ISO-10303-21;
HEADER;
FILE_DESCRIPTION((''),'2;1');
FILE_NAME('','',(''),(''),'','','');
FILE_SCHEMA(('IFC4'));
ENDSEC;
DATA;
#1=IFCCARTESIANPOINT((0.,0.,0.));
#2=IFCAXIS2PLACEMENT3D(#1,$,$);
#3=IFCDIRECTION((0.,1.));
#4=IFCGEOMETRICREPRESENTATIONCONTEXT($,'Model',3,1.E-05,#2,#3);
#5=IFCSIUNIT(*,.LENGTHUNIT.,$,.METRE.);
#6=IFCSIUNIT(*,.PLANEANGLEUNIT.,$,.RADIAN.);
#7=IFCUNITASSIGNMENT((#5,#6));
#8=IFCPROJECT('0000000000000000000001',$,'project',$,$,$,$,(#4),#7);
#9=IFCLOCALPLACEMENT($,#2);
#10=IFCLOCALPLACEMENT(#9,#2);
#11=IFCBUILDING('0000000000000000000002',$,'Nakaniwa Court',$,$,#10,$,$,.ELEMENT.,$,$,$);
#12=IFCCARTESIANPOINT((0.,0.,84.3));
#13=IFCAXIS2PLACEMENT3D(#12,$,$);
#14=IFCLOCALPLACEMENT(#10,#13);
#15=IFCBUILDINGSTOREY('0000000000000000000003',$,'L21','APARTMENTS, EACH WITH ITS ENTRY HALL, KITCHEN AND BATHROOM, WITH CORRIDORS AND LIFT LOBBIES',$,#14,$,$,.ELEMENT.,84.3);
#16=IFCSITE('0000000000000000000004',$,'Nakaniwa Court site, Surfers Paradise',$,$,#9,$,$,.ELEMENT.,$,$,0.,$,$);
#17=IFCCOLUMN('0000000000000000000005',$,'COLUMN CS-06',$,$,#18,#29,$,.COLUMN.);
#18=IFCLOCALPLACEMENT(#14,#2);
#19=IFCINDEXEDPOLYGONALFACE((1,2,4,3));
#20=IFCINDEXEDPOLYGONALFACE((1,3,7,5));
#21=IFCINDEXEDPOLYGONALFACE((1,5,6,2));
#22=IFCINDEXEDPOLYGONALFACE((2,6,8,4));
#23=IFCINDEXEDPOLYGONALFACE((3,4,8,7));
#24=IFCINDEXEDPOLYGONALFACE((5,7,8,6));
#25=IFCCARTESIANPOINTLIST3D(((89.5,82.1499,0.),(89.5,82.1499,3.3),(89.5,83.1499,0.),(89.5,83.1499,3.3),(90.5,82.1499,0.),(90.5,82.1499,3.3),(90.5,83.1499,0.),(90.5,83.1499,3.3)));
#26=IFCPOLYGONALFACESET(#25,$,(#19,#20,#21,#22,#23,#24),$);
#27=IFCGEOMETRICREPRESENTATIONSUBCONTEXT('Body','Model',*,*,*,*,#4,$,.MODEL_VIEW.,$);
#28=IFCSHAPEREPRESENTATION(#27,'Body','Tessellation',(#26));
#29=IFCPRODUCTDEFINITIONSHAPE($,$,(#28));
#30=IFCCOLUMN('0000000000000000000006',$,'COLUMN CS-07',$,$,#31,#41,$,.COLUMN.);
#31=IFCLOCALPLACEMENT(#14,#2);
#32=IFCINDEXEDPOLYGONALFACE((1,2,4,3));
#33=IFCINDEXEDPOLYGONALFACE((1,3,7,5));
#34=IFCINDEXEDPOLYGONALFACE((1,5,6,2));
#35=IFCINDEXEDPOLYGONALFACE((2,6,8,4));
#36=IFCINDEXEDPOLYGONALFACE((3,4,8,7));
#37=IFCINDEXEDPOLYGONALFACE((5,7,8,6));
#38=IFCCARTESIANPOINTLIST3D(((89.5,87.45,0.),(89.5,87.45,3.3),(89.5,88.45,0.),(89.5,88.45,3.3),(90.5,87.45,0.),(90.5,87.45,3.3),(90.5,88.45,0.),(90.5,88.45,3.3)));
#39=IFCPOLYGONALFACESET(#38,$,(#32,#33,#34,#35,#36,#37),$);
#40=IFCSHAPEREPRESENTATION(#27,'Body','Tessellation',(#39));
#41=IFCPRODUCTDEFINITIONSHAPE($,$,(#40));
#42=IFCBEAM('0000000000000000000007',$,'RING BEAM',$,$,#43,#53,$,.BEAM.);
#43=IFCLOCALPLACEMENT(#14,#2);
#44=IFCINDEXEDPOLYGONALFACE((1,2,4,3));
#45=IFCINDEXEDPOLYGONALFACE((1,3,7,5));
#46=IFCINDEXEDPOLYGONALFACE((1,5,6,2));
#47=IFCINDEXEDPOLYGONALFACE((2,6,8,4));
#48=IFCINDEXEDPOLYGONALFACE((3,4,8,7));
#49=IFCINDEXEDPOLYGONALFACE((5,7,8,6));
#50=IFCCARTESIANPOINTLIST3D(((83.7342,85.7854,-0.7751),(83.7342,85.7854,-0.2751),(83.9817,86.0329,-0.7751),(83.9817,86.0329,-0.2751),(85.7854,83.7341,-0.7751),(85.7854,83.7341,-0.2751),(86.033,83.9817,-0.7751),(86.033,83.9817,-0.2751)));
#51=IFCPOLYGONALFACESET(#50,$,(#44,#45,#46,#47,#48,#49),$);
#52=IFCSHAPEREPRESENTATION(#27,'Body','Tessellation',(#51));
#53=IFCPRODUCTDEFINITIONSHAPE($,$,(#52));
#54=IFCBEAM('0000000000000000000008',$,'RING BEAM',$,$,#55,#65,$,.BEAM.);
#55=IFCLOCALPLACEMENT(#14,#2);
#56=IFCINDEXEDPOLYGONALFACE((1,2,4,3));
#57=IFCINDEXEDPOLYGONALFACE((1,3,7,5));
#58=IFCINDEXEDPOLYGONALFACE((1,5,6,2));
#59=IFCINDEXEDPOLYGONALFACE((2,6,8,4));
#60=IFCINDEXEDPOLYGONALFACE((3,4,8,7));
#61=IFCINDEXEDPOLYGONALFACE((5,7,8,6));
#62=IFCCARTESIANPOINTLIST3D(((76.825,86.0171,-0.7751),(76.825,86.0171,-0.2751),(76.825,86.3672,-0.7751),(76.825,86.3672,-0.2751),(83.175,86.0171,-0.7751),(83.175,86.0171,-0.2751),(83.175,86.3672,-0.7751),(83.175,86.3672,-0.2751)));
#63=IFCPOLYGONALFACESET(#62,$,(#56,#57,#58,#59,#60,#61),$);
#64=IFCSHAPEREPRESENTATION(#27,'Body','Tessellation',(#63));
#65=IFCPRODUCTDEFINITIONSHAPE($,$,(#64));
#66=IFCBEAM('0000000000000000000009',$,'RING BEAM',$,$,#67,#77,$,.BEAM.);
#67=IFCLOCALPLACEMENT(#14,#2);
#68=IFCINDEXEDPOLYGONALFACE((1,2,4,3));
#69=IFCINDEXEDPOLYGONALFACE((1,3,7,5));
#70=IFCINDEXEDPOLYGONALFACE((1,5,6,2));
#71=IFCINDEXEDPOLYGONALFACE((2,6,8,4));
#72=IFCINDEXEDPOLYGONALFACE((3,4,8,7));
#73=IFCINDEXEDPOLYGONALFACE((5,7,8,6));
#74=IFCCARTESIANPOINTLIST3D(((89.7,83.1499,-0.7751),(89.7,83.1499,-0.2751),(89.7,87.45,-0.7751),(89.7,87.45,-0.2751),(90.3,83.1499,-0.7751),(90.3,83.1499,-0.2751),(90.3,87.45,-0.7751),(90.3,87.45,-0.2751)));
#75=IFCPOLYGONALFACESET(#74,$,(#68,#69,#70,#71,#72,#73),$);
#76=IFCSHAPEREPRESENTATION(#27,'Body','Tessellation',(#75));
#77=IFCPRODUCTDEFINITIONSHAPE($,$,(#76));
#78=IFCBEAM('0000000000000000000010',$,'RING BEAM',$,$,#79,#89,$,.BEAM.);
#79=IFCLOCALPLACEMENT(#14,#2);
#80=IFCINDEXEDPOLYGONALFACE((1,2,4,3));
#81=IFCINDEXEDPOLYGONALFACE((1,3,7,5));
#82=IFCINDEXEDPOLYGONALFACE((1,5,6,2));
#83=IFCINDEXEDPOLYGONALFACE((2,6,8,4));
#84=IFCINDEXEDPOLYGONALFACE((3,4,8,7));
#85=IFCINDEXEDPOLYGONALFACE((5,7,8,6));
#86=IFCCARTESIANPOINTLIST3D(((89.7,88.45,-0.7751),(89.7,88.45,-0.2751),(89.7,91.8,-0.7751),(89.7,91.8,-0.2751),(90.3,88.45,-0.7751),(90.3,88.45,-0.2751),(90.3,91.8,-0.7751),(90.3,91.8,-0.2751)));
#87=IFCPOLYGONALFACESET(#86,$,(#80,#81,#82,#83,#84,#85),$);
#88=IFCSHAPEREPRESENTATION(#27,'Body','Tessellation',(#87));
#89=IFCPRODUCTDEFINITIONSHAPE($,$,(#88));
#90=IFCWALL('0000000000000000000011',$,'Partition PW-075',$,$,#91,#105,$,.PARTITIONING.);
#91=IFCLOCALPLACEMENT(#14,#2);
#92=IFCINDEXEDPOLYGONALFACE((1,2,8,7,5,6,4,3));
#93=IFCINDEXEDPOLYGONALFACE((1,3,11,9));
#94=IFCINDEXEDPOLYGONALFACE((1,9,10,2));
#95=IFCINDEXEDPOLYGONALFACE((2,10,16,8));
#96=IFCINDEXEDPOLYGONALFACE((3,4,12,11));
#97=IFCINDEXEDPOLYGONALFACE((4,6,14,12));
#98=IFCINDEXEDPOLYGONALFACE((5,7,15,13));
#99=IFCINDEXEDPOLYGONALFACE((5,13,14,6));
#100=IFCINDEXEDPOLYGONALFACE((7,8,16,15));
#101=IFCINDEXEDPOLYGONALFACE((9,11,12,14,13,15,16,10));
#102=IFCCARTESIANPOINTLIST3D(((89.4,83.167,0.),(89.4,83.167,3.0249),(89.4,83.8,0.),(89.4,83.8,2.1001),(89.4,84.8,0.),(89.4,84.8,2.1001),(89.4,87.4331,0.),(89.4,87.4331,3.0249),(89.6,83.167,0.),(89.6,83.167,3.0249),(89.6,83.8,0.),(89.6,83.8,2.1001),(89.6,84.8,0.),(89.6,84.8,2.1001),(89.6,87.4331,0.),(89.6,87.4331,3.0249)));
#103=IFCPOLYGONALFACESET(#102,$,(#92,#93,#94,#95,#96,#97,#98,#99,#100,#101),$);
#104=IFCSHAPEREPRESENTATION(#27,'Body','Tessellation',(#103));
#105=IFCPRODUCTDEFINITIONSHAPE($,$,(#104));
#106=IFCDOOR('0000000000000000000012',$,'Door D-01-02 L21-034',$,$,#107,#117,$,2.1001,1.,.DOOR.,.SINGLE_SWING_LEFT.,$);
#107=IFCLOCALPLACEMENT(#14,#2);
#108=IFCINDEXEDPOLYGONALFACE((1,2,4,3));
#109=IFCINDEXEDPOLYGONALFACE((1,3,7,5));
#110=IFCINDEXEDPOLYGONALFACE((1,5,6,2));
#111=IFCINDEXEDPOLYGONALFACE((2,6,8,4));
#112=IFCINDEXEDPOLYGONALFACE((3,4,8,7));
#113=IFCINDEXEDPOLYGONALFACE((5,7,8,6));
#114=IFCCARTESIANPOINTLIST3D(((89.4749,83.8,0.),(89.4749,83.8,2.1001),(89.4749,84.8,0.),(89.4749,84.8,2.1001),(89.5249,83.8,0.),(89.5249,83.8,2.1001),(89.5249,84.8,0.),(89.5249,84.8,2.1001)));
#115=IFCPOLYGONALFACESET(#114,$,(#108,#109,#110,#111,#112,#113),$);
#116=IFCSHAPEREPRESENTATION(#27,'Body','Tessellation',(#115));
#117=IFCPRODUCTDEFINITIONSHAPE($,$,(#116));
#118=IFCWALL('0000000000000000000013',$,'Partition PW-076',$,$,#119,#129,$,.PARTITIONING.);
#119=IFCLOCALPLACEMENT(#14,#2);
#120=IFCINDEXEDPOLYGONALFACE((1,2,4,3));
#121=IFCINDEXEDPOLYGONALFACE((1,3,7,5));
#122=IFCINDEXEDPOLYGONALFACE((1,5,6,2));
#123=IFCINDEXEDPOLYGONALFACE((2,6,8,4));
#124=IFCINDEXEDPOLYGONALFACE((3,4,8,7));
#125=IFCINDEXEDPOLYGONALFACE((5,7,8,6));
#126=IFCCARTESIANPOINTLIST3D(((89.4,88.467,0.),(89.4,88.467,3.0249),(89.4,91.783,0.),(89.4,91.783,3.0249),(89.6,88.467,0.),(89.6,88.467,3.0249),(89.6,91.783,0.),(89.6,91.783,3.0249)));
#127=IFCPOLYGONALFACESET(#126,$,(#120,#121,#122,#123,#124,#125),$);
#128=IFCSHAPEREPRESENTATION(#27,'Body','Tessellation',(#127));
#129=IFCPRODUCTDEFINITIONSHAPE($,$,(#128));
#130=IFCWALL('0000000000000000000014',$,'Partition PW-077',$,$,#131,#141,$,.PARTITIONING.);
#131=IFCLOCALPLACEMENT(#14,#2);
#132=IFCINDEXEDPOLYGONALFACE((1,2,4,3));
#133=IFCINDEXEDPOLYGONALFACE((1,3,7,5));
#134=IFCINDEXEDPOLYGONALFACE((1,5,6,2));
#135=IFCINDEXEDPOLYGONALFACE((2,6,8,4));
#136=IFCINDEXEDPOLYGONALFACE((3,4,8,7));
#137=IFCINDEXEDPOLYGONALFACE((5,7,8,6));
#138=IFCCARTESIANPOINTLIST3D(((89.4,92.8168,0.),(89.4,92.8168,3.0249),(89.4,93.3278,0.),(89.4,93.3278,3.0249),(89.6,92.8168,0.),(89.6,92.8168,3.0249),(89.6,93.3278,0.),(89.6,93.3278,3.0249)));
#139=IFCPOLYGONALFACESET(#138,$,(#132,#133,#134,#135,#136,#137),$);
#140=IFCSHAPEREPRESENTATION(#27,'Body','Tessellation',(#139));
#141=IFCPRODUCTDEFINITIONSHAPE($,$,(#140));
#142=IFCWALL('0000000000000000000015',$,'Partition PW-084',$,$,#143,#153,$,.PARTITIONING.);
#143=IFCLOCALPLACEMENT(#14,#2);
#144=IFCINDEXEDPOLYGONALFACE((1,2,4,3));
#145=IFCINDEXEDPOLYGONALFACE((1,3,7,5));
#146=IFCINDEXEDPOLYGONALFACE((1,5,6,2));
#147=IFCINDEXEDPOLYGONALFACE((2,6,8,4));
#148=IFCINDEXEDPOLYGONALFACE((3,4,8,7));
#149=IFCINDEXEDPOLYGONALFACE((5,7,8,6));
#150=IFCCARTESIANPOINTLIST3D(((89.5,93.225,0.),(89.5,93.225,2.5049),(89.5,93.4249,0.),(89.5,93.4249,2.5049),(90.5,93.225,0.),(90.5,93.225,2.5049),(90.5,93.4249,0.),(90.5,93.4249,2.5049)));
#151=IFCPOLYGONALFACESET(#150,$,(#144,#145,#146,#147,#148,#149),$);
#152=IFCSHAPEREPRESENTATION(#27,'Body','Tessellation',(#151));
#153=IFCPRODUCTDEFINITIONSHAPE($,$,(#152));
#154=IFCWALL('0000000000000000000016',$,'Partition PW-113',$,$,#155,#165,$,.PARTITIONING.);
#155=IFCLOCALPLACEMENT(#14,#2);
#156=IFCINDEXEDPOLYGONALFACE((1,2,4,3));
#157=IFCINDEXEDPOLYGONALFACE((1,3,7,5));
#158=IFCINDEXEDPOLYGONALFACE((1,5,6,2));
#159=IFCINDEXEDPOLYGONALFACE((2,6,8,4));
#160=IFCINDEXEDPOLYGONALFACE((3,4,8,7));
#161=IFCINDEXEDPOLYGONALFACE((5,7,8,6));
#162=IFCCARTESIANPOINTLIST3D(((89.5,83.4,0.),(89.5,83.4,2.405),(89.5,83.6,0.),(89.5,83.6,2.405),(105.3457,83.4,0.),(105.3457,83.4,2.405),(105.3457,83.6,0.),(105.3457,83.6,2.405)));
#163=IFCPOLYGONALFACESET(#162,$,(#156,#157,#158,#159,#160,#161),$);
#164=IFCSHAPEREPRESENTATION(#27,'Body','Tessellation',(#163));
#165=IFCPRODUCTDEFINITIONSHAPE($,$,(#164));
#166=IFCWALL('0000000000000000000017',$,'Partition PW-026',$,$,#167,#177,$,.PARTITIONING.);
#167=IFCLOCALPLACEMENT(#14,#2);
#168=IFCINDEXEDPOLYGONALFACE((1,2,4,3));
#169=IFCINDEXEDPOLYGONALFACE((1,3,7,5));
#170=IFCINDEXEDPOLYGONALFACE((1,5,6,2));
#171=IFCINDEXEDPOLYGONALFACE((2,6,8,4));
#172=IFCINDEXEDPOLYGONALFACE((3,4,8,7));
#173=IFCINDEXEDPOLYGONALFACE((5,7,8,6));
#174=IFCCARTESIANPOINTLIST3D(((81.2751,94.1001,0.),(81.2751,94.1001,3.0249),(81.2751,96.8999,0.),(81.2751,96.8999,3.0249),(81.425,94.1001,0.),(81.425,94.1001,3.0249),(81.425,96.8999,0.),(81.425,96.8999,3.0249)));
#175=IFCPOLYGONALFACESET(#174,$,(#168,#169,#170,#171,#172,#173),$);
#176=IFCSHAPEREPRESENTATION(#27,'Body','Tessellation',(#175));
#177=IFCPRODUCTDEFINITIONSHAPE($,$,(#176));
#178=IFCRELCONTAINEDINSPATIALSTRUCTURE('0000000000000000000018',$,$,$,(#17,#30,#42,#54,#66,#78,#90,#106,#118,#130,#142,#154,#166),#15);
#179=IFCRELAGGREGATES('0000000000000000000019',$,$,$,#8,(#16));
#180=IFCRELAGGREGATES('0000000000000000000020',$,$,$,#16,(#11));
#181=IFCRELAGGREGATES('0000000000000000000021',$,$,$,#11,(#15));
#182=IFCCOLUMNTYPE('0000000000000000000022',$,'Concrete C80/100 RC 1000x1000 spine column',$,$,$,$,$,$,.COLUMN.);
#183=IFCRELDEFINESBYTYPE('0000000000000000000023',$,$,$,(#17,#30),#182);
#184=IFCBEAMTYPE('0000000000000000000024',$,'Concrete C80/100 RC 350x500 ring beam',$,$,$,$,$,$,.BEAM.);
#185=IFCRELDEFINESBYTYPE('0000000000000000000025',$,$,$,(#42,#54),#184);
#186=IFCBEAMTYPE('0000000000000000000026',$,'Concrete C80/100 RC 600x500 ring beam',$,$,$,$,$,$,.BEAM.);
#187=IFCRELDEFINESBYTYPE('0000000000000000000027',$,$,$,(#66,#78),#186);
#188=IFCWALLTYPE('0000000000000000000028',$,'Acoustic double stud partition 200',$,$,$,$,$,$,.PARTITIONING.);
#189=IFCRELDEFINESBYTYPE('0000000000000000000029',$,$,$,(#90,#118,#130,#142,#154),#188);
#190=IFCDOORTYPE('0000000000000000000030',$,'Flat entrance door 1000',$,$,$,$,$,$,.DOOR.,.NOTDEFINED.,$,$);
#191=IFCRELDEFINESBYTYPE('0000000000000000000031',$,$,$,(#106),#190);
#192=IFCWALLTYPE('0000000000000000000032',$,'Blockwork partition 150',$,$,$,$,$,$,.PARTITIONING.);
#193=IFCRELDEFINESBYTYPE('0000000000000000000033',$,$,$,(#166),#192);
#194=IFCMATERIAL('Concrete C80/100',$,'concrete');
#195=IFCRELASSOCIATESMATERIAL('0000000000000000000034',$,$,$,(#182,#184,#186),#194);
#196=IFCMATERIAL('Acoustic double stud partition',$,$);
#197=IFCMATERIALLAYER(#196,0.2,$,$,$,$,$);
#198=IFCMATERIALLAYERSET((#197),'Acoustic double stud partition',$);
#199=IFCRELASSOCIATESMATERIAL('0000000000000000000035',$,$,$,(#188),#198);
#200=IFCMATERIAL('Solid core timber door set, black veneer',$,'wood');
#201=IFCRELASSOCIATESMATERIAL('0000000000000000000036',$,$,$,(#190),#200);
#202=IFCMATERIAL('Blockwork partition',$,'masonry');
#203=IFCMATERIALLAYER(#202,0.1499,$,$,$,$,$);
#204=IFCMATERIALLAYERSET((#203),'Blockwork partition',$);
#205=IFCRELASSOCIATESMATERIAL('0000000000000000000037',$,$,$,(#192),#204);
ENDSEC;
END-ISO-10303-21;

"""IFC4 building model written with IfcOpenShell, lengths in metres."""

from ifc_helpers import new_model, si_unit, direction, frame, frame_2d, origin, origin_2d, place, context, subcontext, project, spatial, rectangle, extrude, material, layer, layer_set, material_profile, profile_set, type_object, element, fill, save


model = new_model("IFC4")

# Units and contexts
model_context = context("Model", 3, precision=1e-05, world=origin(), true_north=direction((0.0, 1.0)))
body_context = subcontext(model_context, "Body", "Model", "MODEL_VIEW")
ifc_project = project(units=[si_unit("LENGTHUNIT", "METRE"), si_unit("PLANEANGLEUNIT", "RADIAN")], contexts=[model_context])

# Site, building, storey
site_placement = place(None, origin())
site = spatial("IfcSite", under=ifc_project, at=site_placement, Name="Nakaniwa Court site, Surfers Paradise", CompositionType="ELEMENT", RefElevation=0.0)
building_placement = place(site_placement, origin())
building = spatial("IfcBuilding", under=site, at=building_placement, Name="Nakaniwa Court", CompositionType="ELEMENT")
storey_placement = place(building_placement, frame((0.0, 0.0, 84.3)))
storey = spatial("IfcBuildingStorey", under=building, at=storey_placement, Name="L21", Description="APARTMENTS, EACH WITH ITS ENTRY HALL, KITCHEN AND BATHROOM, WITH CORRIDORS AND LIFT LOBBIES", CompositionType="ELEMENT", Elevation=84.3)

# Columns
ifc_material_1 = material(Name="Concrete C80/100", Category="concrete")
ifc_material_profile_1 = material_profile(ifc_material_1, rectangle(XDim=1.0, YDim=1.0, at=origin_2d()), Name="Concrete C80/100 RC 1000x1000 spine column")
ifc_profile_set_1 = profile_set([ifc_material_profile_1], Name="Concrete C80/100")
column_type_1 = type_object("IfcColumnType", Name="Concrete C80/100 RC 1000x1000 spine column", PredefinedType="COLUMN", material=ifc_profile_set_1)
for number, where, z_axis, x_axis, name in (
    (1, (90.0, 82.6499, 0.0), (0.0, 0.0, 1.0), (0.0, 1.0, 0.0), "COLUMN CS-06"),
    (2, (90.0, 87.95, 0.0), (0.0, 0.0, 1.0), (0.0, 1.0, 0.0), "COLUMN CS-07"),
):
    element("IfcColumn", number, at=place(storey_placement, frame(where, z_axis=z_axis, x_axis=x_axis)), inside=storey, type_object=column_type_1, Name=name, PredefinedType="COLUMN", context=body_context, shape_type="SweptSolid", body=[
        extrude(rectangle(XDim=1.0, YDim=1.0, at=origin_2d()), origin(), (0.0, 0.0, 1.0), 3.3),
    ])

# Beams
ifc_material_profile_2 = material_profile(ifc_material_1, rectangle(XDim=0.3501, YDim=0.5, at=origin_2d()), Name="Concrete C80/100 RC 350x500 ring beam")
ifc_profile_set_2 = profile_set([ifc_material_profile_2], Name="Concrete C80/100")
beam_type_1 = type_object("IfcBeamType", Name="Concrete C80/100 RC 350x500 ring beam", PredefinedType="BEAM", material=ifc_profile_set_2)
beam_1_placement = place(storey_placement, frame((85.9092, 83.8579, -0.5251), z_axis=(-0.707107, 0.707107, 0.0), x_axis=(-0.707107, -0.707107, 0.0)))
element("IfcBeam", 3, at=beam_1_placement, inside=storey, type_object=beam_type_1, Name="RING BEAM", PredefinedType="BEAM", context=body_context, shape_type="SweptSolid", body=[
    extrude(rectangle(XDim=0.3501, YDim=0.5, at=origin_2d()), origin(), (0.0, 0.0, 1.0), 2.9009),
])
beam_2_placement = place(storey_placement, frame((83.175, 86.1921, -0.5251), z_axis=(-1.0, 0.0, 0.0), x_axis=(0.0, -1.0, 0.0)))
element("IfcBeam", 4, at=beam_2_placement, inside=storey, type_object=beam_type_1, Name="RING BEAM", PredefinedType="BEAM", context=body_context, shape_type="SweptSolid", body=[
    extrude(rectangle(XDim=0.3501, YDim=0.5, at=origin_2d()), origin(), (0.0, 0.0, 1.0), 6.3501),
])
ifc_material_profile_3 = material_profile(ifc_material_1, rectangle(XDim=0.6001, YDim=0.5, at=origin_2d()), Name="Concrete C80/100 RC 600x500 ring beam")
ifc_profile_set_3 = profile_set([ifc_material_profile_3], Name="Concrete C80/100")
beam_type_2 = type_object("IfcBeamType", Name="Concrete C80/100 RC 600x500 ring beam", PredefinedType="BEAM", material=ifc_profile_set_3)
beam_3_placement = place(storey_placement, frame((90.0, 83.1499, -0.5251), z_axis=(0.0, 1.0, 0.0), x_axis=(-1.0, 0.0, 0.0)))
element("IfcBeam", 5, at=beam_3_placement, inside=storey, type_object=beam_type_2, Name="RING BEAM", PredefinedType="BEAM", context=body_context, shape_type="SweptSolid", body=[
    extrude(rectangle(XDim=0.6001, YDim=0.5, at=origin_2d()), origin(), (0.0, 0.0, 1.0), 4.3),
])
beam_4_placement = place(storey_placement, frame((90.0, 88.45, -0.5251), z_axis=(0.0, 1.0, 0.0), x_axis=(-1.0, 0.0, 0.0)))
element("IfcBeam", 6, at=beam_4_placement, inside=storey, type_object=beam_type_2, Name="RING BEAM", PredefinedType="BEAM", context=body_context, shape_type="SweptSolid", body=[
    extrude(rectangle(XDim=0.6001, YDim=0.5, at=origin_2d()), origin(), (0.0, 0.0, 1.0), 3.3501),
])

# Wall, opening, door
ifc_material_2 = material(Name="Acoustic double stud partition")
ifc_layer_1 = layer(ifc_material_2, 0.2)
ifc_layer_set_1 = layer_set([ifc_layer_1], Name="Acoustic double stud partition")
wall_type_1 = type_object("IfcWallType", Name="Acoustic double stud partition 200", PredefinedType="PARTITIONING", material=ifc_layer_set_1)
wall_1_placement = place(storey_placement, frame((89.5, 87.4331, 0.0), z_axis=(0.0, 0.0, 1.0), x_axis=(0.0, -1.0, 0.0)))
wall_1 = element("IfcWall", 7, at=wall_1_placement, inside=storey, type_object=wall_type_1, Name="Partition PW-075", PredefinedType="PARTITIONING", context=body_context, shape_type="SweptSolid", body=[
    extrude(rectangle(XDim=4.2661, YDim=0.2, at=frame_2d((2.1331, 0.0))), origin(), (0.0, 0.0, 1.0), 3.0249),
])
opening_1_placement = place(wall_1_placement, frame((2.6331, 0.0, 0.0)))
opening_1 = element("IfcOpeningElement", 8, at=opening_1_placement, cuts=wall_1, PredefinedType="OPENING", context=body_context, shape_type="SweptSolid", body=[
    extrude(rectangle(XDim=1.0, YDim=2.1001, at=frame_2d((0.5, 1.05))), frame((0.0, 0.1099, 0.0), z_axis=(0.0, -1.0, 0.0), x_axis=(1.0, 0.0, 0.0)), (0.0, 0.0, 1.0), 0.22),
])
ifc_material_3 = material(Name="Solid core timber door set, black veneer", Category="wood")
door_type_1 = type_object("IfcDoorType", Name="Flat entrance door 1000", OperationType="NOTDEFINED", PredefinedType="DOOR", material=ifc_material_3)
door_1_placement = place(opening_1_placement, origin())
door_1 = element("IfcDoor", 9, at=door_1_placement, inside=storey, type_object=door_type_1, Name="Door D-01-02 L21-034", OperationType="SINGLE_SWING_LEFT", OverallHeight=2.1001, OverallWidth=1.0, PredefinedType="DOOR", context=body_context, shape_type="SweptSolid", body=[
    extrude(rectangle(XDim=1.0, YDim=2.1001, at=frame_2d((0.5, 1.05))), frame((0.0, 0.0249, 0.0), z_axis=(0.0, -1.0, 0.0), x_axis=(1.0, 0.0, 0.0)), (0.0, 0.0, 1.0), 0.05),
])
fill(opening_1, door_1)

# Walls
wall_2_placement = place(storey_placement, frame((89.5, 88.467, 0.0), z_axis=(0.0, 0.0, 1.0), x_axis=(0.0, 1.0, 0.0)))
element("IfcWall", 10, at=wall_2_placement, inside=storey, type_object=wall_type_1, Name="Partition PW-076", PredefinedType="PARTITIONING", context=body_context, shape_type="SweptSolid", body=[
    extrude(rectangle(XDim=3.3159, YDim=0.2, at=frame_2d((1.658, 0.0))), origin(), (0.0, 0.0, 1.0), 3.0249),
])
wall_3_placement = place(storey_placement, frame((89.5, 92.8169, 0.0), z_axis=(0.0, 0.0, 1.0), x_axis=(0.0, 1.0, 0.0)))
element("IfcWall", 11, at=wall_3_placement, inside=storey, type_object=wall_type_1, Name="Partition PW-077", PredefinedType="PARTITIONING", context=body_context, shape_type="SweptSolid", body=[
    extrude(rectangle(XDim=0.511, YDim=0.2, at=frame_2d((0.2554, 0.0))), origin(), (0.0, 0.0, 1.0), 3.0249),
])
wall_4_placement = place(storey_placement, frame((89.5, 93.325, 0.0), z_axis=(0.0, 0.0, 1.0), x_axis=(1.0, 0.0, 0.0)))
element("IfcWall", 12, at=wall_4_placement, inside=storey, type_object=wall_type_1, Name="Partition PW-084", PredefinedType="PARTITIONING", context=body_context, shape_type="SweptSolid", body=[
    extrude(rectangle(XDim=1.0, YDim=0.2, at=frame_2d((0.5, 0.0))), origin(), (0.0, 0.0, 1.0), 2.5049),
])
wall_5_placement = place(storey_placement, frame((89.5, 83.5, 0.0), z_axis=(0.0, 0.0, 1.0), x_axis=(1.0, 0.0, 0.0)))
element("IfcWall", 13, at=wall_5_placement, inside=storey, type_object=wall_type_1, Name="Partition PW-113", PredefinedType="PARTITIONING", context=body_context, shape_type="SweptSolid", body=[
    extrude(rectangle(XDim=15.8457, YDim=0.2, at=frame_2d((7.9229, 0.0))), origin(), (0.0, 0.0, 1.0), 2.405),
])
ifc_material_4 = material(Name="Blockwork partition", Category="masonry")
ifc_layer_2 = layer(ifc_material_4, 0.1499)
ifc_layer_set_2 = layer_set([ifc_layer_2], Name="Blockwork partition")
wall_type_2 = type_object("IfcWallType", Name="Blockwork partition 150", PredefinedType="PARTITIONING", material=ifc_layer_set_2)
wall_6_placement = place(storey_placement, frame((81.3501, 94.1001, 0.0), z_axis=(0.0, 0.0, 1.0), x_axis=(0.0, 1.0, 0.0)))
element("IfcWall", 14, at=wall_6_placement, inside=storey, type_object=wall_type_2, Name="Partition PW-026", PredefinedType="PARTITIONING", context=body_context, shape_type="SweptSolid", body=[
    extrude(rectangle(XDim=2.7998, YDim=0.1499, at=frame_2d((1.3999, 0.0))), origin(), (0.0, 0.0, 1.0), 3.0249),
])

save(model, "model.ifc")
